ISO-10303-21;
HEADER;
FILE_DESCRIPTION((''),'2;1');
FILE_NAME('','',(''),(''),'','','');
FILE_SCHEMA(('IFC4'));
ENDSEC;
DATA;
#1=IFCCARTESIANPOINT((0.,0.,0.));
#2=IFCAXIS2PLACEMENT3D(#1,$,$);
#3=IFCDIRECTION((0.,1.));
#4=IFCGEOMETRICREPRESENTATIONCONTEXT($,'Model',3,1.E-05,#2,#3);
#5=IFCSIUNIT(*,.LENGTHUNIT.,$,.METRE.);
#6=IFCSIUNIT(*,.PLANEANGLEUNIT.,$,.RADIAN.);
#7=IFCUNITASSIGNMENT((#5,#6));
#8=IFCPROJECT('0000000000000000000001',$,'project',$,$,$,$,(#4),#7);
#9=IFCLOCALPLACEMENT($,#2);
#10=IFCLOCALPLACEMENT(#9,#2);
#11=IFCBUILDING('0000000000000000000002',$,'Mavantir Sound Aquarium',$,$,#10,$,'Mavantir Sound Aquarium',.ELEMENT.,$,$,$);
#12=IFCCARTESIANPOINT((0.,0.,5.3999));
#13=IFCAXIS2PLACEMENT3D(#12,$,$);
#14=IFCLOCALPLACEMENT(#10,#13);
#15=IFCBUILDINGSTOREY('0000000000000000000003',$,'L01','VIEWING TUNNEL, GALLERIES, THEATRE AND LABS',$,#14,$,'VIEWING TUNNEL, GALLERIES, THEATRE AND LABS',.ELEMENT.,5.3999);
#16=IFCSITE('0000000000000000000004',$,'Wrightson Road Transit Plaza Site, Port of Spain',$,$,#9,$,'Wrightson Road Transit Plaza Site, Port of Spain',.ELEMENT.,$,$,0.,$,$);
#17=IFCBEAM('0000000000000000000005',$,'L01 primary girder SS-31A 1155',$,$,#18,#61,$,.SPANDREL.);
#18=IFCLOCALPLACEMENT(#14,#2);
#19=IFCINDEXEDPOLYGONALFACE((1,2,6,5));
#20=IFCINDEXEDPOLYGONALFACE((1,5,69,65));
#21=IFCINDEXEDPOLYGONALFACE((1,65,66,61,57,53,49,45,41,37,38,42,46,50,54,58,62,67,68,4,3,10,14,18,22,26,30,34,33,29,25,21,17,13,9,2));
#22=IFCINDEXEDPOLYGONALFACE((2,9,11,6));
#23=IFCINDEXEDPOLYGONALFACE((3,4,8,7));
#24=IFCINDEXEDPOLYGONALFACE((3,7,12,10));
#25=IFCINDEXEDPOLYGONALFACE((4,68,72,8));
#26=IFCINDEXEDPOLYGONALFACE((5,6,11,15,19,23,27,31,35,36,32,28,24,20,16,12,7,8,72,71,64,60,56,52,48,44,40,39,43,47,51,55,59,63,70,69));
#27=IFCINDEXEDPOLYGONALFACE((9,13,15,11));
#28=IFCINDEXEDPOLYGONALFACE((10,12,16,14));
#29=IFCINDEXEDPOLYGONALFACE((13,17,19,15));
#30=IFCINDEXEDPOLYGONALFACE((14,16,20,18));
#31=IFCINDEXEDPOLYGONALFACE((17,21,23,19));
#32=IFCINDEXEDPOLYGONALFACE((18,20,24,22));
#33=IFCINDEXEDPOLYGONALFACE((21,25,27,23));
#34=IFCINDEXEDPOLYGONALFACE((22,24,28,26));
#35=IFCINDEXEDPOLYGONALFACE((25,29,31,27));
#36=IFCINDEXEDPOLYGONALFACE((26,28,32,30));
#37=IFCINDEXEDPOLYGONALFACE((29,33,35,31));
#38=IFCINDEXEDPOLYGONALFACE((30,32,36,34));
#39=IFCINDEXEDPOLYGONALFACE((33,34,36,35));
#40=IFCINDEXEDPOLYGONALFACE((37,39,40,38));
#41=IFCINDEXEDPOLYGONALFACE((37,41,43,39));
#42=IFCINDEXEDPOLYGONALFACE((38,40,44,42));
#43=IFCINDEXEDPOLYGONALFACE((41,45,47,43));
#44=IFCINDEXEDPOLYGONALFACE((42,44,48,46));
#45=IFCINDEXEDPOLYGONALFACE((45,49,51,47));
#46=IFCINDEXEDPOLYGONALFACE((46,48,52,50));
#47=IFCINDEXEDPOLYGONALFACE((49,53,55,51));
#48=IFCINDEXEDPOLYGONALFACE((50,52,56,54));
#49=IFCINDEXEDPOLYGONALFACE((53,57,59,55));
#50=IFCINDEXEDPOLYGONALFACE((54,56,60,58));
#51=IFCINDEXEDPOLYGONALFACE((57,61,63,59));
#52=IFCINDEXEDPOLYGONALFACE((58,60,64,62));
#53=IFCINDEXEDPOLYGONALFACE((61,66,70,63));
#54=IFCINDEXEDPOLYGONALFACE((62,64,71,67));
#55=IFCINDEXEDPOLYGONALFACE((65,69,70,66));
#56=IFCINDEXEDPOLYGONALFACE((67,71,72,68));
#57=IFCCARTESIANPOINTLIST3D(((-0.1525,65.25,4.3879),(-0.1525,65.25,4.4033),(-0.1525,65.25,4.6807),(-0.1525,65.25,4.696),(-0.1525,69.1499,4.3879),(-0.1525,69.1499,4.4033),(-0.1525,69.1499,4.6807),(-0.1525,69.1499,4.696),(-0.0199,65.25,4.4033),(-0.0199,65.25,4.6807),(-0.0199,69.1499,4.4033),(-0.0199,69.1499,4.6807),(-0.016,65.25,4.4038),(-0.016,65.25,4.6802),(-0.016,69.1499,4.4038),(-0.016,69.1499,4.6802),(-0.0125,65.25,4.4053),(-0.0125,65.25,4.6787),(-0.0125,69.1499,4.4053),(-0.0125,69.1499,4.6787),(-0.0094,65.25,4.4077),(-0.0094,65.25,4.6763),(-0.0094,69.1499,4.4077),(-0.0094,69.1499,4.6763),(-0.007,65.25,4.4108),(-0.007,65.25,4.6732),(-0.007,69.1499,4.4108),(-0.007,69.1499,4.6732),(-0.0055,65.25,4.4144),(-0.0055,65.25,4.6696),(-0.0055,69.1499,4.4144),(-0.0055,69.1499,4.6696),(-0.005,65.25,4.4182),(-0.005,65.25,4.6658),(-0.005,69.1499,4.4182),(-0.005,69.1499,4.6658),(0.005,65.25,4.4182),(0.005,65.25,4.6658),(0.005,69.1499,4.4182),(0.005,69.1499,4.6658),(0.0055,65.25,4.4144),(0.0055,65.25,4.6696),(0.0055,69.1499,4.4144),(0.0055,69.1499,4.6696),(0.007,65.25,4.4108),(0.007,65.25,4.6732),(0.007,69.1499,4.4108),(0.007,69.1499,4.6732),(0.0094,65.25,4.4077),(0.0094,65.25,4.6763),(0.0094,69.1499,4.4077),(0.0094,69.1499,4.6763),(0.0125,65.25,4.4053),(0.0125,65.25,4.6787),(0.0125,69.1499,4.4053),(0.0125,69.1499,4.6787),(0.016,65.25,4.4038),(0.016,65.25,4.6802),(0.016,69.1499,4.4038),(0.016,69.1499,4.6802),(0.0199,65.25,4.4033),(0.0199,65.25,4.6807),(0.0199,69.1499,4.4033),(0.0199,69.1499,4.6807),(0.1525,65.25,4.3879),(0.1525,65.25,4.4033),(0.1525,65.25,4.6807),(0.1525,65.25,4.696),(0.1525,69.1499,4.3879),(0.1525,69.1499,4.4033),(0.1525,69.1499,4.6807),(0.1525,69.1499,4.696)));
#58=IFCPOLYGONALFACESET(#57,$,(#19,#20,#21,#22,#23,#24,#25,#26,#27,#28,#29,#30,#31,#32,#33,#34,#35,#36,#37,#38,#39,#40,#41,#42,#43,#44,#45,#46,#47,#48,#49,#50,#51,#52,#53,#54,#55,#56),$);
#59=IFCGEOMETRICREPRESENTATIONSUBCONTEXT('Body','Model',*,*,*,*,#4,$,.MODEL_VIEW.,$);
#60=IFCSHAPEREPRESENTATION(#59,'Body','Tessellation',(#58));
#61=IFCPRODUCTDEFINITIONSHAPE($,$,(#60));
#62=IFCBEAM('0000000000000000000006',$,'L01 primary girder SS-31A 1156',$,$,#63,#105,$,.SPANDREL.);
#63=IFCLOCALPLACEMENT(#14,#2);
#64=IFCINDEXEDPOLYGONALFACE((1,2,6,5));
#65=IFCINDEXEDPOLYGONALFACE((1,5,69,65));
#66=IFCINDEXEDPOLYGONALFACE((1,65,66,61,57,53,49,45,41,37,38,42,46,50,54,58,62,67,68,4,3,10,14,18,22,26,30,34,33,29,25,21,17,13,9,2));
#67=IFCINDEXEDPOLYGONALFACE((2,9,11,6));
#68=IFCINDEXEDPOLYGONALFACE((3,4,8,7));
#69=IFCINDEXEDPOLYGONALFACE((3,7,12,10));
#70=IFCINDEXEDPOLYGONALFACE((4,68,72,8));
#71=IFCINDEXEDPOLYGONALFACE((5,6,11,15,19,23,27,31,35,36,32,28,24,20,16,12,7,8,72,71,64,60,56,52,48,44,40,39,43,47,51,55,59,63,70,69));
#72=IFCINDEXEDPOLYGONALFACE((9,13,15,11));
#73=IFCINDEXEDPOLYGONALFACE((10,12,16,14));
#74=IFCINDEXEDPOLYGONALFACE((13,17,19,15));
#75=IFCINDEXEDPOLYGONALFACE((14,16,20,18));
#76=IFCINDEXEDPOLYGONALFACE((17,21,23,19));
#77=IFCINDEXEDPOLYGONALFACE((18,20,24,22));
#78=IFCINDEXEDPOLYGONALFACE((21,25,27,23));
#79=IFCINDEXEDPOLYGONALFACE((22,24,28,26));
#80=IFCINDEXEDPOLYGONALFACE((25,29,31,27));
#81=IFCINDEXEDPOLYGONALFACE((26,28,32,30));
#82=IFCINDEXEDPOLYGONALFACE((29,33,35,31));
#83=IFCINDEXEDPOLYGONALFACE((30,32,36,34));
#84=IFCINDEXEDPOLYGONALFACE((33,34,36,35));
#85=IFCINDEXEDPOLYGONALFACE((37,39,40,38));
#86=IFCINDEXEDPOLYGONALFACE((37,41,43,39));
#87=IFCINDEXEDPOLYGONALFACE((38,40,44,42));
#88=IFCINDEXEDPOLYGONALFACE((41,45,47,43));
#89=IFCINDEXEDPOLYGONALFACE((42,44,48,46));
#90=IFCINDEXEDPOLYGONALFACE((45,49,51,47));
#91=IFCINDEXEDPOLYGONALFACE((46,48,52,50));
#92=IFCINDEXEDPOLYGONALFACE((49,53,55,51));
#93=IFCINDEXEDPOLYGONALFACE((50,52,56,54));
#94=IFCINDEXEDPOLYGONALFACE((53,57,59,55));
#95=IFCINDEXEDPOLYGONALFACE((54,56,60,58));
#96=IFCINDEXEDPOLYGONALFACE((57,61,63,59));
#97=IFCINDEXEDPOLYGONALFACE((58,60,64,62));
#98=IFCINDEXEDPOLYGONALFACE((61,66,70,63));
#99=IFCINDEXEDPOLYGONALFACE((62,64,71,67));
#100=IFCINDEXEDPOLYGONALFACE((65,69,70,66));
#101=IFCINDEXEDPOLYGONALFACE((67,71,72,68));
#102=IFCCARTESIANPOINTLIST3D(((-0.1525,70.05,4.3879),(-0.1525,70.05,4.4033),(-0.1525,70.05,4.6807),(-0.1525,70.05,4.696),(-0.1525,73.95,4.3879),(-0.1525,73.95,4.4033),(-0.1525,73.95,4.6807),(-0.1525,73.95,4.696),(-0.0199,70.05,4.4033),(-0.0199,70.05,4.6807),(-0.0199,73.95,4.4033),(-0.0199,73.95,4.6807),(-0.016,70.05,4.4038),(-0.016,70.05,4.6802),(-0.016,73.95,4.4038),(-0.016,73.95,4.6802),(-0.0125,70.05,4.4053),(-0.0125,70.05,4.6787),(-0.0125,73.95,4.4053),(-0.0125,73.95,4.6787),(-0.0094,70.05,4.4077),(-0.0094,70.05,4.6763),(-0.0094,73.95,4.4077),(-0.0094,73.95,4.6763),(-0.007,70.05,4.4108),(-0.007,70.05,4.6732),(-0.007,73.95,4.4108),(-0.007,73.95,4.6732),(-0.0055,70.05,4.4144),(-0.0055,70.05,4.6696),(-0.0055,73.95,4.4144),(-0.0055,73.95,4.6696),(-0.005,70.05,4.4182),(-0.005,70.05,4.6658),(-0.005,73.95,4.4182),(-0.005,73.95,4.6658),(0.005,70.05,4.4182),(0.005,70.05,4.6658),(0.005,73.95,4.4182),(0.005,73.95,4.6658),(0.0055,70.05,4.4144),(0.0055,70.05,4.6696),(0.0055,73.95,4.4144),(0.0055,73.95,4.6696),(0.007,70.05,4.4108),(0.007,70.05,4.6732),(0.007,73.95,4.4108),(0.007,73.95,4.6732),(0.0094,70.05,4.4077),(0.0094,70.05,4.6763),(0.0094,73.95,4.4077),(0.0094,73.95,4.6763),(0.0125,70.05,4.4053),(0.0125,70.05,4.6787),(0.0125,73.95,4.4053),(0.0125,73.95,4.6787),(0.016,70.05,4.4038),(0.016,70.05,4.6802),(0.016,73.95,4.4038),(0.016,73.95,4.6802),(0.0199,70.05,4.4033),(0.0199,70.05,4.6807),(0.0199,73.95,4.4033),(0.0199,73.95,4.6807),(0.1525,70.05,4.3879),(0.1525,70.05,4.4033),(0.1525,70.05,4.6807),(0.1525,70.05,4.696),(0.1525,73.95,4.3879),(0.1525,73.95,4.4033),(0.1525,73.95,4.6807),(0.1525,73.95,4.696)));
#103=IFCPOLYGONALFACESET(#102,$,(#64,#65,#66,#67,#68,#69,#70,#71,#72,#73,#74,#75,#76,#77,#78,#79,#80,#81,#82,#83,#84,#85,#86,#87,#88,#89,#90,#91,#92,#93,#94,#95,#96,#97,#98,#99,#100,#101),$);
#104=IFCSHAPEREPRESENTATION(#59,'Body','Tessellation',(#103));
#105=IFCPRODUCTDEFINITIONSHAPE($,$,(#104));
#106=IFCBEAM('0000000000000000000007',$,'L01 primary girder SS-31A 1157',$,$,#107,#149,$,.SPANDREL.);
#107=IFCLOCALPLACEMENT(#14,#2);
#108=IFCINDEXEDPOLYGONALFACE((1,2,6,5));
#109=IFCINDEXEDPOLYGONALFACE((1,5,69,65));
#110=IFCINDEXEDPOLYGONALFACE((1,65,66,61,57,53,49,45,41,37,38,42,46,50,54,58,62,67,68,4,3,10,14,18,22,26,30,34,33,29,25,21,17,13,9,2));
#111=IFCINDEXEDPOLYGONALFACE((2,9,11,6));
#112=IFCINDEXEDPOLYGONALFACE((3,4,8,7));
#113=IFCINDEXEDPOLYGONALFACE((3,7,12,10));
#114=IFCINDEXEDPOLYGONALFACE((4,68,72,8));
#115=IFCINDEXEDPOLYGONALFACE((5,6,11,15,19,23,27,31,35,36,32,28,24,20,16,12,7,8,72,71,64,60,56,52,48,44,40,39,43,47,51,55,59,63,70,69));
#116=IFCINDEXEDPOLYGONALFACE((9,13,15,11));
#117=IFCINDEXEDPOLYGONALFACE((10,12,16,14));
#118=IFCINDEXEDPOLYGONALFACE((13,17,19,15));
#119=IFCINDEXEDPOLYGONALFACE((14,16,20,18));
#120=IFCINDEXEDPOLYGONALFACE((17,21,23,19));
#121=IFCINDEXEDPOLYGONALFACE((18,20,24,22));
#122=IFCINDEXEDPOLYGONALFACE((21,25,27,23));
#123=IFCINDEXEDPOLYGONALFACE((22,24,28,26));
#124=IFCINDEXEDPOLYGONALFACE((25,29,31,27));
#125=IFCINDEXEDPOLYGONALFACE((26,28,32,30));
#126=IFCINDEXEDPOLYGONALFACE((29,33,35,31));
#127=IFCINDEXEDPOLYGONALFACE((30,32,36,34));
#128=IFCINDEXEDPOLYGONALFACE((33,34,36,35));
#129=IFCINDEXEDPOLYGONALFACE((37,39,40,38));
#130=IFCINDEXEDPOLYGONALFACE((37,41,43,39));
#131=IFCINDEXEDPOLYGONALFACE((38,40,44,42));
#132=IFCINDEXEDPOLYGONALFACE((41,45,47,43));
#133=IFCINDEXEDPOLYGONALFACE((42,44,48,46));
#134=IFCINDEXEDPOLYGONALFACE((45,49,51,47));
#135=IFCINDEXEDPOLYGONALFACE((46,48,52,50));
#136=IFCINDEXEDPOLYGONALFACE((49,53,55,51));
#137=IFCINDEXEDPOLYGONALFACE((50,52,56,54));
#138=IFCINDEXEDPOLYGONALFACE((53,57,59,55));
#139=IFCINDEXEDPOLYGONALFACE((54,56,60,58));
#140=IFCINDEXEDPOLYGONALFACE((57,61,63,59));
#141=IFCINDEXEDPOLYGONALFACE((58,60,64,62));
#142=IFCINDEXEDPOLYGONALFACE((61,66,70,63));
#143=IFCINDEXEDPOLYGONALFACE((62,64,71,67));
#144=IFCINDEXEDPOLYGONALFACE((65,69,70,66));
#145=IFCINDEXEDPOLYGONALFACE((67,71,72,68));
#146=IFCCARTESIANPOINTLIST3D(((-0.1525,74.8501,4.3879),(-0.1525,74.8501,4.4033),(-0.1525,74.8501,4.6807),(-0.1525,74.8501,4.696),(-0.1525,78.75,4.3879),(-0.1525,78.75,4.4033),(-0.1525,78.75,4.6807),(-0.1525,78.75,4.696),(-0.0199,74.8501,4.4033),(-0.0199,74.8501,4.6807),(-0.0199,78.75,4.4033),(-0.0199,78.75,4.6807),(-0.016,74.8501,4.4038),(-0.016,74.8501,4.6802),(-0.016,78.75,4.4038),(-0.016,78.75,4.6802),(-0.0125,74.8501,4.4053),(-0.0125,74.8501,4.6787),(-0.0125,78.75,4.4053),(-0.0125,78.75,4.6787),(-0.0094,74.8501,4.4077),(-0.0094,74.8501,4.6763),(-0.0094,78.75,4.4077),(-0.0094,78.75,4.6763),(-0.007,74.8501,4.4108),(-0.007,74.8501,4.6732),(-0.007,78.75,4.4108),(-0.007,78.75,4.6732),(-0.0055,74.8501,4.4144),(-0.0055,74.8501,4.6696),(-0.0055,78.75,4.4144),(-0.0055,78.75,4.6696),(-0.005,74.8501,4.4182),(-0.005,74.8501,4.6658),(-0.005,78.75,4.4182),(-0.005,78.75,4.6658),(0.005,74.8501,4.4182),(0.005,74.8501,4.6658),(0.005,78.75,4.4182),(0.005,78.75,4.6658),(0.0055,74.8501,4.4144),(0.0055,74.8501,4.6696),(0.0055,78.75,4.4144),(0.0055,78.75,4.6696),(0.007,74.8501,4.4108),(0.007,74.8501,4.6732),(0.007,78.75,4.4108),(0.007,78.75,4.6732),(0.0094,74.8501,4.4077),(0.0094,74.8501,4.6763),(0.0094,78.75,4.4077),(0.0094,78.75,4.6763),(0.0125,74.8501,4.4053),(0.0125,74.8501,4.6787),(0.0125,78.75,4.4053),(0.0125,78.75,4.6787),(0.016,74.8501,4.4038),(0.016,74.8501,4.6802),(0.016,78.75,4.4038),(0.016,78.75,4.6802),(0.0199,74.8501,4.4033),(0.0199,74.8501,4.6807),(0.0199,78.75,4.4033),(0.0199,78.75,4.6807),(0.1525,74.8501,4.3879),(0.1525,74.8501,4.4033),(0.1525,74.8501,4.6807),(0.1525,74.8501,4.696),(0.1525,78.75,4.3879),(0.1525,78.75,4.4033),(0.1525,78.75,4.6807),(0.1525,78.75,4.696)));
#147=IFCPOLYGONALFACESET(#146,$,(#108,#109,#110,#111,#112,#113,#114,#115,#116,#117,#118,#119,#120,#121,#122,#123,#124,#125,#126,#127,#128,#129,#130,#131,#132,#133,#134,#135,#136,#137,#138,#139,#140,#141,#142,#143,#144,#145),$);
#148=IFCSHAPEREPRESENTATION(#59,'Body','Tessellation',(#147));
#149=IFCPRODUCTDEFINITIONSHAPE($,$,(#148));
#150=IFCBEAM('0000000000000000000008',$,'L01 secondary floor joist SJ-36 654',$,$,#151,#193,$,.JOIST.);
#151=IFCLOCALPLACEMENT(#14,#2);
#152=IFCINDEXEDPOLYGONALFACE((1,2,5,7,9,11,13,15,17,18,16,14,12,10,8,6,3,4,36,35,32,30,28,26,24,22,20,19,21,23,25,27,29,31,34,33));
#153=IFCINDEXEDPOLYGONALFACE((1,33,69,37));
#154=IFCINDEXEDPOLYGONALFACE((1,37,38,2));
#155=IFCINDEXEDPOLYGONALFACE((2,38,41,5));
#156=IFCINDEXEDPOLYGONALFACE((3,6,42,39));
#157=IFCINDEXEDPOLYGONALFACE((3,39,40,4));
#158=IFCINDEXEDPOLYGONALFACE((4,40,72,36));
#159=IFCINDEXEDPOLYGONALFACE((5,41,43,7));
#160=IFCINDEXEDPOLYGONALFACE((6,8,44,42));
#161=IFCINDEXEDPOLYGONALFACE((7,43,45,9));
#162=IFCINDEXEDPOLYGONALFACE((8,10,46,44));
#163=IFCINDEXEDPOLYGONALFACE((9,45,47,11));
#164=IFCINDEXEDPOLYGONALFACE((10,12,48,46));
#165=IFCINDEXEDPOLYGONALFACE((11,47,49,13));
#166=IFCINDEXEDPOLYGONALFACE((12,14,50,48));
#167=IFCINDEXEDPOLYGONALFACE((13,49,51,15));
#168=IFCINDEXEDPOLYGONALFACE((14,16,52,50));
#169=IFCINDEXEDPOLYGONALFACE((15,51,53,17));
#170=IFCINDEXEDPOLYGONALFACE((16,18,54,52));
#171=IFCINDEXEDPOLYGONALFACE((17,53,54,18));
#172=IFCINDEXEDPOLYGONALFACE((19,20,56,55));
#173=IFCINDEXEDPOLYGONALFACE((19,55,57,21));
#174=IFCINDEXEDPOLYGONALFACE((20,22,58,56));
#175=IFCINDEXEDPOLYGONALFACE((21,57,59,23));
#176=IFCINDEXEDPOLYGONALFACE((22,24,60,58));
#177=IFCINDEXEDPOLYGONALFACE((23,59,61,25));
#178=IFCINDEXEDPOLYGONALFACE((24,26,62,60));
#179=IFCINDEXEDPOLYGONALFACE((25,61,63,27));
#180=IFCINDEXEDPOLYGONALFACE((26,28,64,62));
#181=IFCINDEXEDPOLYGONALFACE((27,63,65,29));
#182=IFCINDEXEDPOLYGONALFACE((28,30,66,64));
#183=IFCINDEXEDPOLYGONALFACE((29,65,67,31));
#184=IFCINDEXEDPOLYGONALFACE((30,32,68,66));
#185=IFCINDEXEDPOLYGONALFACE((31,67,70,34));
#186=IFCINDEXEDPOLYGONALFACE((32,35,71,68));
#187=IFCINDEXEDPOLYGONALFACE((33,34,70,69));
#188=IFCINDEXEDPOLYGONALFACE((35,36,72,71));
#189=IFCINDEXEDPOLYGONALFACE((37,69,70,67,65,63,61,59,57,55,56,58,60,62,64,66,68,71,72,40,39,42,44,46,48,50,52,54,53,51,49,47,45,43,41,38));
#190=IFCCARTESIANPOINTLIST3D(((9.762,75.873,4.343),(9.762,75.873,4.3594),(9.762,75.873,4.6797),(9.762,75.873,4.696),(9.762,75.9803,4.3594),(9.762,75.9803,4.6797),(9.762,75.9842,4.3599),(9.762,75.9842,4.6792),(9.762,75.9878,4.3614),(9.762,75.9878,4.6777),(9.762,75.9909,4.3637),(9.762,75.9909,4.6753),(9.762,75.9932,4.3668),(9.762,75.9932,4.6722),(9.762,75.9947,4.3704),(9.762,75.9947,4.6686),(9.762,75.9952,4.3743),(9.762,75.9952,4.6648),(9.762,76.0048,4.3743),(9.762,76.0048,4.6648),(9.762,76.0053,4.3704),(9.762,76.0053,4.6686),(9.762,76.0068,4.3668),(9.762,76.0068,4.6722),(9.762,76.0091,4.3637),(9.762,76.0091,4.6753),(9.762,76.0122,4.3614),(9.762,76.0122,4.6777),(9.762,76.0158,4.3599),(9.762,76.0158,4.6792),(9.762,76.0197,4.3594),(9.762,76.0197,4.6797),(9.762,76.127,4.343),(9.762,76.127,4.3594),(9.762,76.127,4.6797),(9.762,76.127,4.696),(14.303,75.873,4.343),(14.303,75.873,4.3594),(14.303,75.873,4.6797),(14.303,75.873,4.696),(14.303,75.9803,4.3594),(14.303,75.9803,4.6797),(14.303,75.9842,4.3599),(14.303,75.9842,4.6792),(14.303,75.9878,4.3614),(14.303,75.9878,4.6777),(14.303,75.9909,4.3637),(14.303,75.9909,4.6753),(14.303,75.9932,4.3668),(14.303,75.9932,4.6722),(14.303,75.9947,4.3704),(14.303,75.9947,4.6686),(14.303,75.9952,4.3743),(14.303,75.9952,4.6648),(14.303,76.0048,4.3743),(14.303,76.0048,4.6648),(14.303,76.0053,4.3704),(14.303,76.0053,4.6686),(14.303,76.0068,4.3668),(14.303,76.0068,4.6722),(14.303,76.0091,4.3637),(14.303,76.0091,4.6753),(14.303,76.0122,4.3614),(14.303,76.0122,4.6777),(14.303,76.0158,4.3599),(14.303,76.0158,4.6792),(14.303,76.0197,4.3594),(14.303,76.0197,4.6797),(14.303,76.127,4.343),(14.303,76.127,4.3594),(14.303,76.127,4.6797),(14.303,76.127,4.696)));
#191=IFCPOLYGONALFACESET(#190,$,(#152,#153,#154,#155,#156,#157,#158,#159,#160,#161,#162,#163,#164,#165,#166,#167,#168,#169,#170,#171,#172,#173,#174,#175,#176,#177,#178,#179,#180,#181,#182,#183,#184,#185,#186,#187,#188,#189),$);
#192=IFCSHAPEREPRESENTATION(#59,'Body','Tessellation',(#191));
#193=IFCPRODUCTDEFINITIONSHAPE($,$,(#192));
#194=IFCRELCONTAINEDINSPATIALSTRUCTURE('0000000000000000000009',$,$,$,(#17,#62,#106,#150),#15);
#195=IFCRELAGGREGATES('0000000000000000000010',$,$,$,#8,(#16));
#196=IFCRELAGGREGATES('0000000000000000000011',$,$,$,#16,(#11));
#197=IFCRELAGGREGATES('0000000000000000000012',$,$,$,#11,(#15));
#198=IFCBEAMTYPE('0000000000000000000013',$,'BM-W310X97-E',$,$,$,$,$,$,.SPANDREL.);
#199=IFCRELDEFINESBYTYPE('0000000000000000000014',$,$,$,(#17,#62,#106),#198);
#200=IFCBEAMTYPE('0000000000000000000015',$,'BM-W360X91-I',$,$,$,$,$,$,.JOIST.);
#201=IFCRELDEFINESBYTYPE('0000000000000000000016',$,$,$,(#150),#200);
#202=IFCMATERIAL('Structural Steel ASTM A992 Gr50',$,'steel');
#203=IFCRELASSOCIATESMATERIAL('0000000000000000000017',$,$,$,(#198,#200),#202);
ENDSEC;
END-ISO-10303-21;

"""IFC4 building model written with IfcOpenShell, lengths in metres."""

from ifc_helpers import new_model, si_unit, direction, frame, origin, origin_2d, place, context, subcontext, project, spatial, i_section, extrude, material, material_profile, profile_set, type_object, element, save


model = new_model("IFC4")

# Units and contexts
model_context = context("Model", 3, precision=1e-05, world=origin(), true_north=direction((0.0, 1.0)))
body_context = subcontext(model_context, "Body", "Model", "MODEL_VIEW")
ifc_project = project(units=[si_unit("LENGTHUNIT", "METRE"), si_unit("PLANEANGLEUNIT", "RADIAN")], contexts=[model_context])

# Site, building, storey
site_placement = place(None, origin())
site = spatial("IfcSite", under=ifc_project, at=site_placement, Name="Wrightson Road Transit Plaza Site, Port of Spain", LongName="Wrightson Road Transit Plaza Site, Port of Spain", CompositionType="ELEMENT", RefElevation=0.0)
building_placement = place(site_placement, origin())
building = spatial("IfcBuilding", under=site, at=building_placement, Name="Mavantir Sound Aquarium", LongName="Mavantir Sound Aquarium", CompositionType="ELEMENT")
storey_placement = place(building_placement, frame((0.0, 0.0, 5.3999)))
storey = spatial("IfcBuildingStorey", under=building, at=storey_placement, Name="L01", Description="VIEWING TUNNEL, GALLERIES, THEATRE AND LABS", LongName="VIEWING TUNNEL, GALLERIES, THEATRE AND LABS", CompositionType="ELEMENT", Elevation=5.3999)

# Beams
ifc_material_1 = material(Name="Structural Steel ASTM A992 Gr50", Category="steel")
ifc_material_profile_1 = material_profile(ifc_material_1, i_section(OverallWidth=0.3049, OverallDepth=0.3081, WebThickness=0.01, FlangeThickness=0.0154, FilletRadius=0.0149, at=origin_2d()), Name="W310X97")
ifc_profile_set_1 = profile_set([ifc_material_profile_1], Name="Structural Steel ASTM A992 Gr50")
beam_type_1 = type_object("IfcBeamType", Name="BM-W310X97-E", PredefinedType="SPANDREL", material=ifc_profile_set_1)
for number, where, z_axis, x_axis, name in (
    (1, (0.0, 65.25, 4.542), (0.0, 1.0, 0.0), (-1.0, 0.0, 0.0), "L01 primary girder SS-31A 1155"),
    (2, (0.0, 70.05, 4.542), (0.0, 1.0, 0.0), (-1.0, 0.0, 0.0), "L01 primary girder SS-31A 1156"),
    (3, (0.0, 74.8501, 4.542), (0.0, 1.0, 0.0), (-1.0, 0.0, 0.0), "L01 primary girder SS-31A 1157"),
):
    element("IfcBeam", number, at=place(storey_placement, frame(where, z_axis=z_axis, x_axis=x_axis)), inside=storey, type_object=beam_type_1, Name=name, PredefinedType="SPANDREL", context=body_context, shape_type="SweptSolid", body=[
        extrude(i_section(OverallWidth=0.3049, OverallDepth=0.3081, WebThickness=0.01, FlangeThickness=0.0154, FilletRadius=0.0149, at=origin_2d()), origin(), (0.0, 0.0, 1.0), 3.8999),
    ])
ifc_material_profile_2 = material_profile(ifc_material_1, i_section(OverallWidth=0.2539, OverallDepth=0.353, WebThickness=0.0095, FlangeThickness=0.0164, FilletRadius=0.0149, at=origin_2d()), Name="W360X91")
ifc_profile_set_2 = profile_set([ifc_material_profile_2], Name="Structural Steel ASTM A992 Gr50")
beam_type_2 = type_object("IfcBeamType", Name="BM-W360X91-I", PredefinedType="JOIST", material=ifc_profile_set_2)
beam_1_placement = place(storey_placement, frame((9.762, 76.0, 4.5195), z_axis=(1.0, 0.0, 0.0), x_axis=(0.0, 1.0, 0.0)))
element("IfcBeam", 4, at=beam_1_placement, inside=storey, type_object=beam_type_2, Name="L01 secondary floor joist SJ-36 654", PredefinedType="JOIST", context=body_context, shape_type="SweptSolid", body=[
    extrude(i_section(OverallWidth=0.2539, OverallDepth=0.353, WebThickness=0.0095, FlangeThickness=0.0164, FilletRadius=0.0149, at=origin_2d()), origin(), (0.0, 0.0, 1.0), 4.541),
])

save(model, "model.ifc")
